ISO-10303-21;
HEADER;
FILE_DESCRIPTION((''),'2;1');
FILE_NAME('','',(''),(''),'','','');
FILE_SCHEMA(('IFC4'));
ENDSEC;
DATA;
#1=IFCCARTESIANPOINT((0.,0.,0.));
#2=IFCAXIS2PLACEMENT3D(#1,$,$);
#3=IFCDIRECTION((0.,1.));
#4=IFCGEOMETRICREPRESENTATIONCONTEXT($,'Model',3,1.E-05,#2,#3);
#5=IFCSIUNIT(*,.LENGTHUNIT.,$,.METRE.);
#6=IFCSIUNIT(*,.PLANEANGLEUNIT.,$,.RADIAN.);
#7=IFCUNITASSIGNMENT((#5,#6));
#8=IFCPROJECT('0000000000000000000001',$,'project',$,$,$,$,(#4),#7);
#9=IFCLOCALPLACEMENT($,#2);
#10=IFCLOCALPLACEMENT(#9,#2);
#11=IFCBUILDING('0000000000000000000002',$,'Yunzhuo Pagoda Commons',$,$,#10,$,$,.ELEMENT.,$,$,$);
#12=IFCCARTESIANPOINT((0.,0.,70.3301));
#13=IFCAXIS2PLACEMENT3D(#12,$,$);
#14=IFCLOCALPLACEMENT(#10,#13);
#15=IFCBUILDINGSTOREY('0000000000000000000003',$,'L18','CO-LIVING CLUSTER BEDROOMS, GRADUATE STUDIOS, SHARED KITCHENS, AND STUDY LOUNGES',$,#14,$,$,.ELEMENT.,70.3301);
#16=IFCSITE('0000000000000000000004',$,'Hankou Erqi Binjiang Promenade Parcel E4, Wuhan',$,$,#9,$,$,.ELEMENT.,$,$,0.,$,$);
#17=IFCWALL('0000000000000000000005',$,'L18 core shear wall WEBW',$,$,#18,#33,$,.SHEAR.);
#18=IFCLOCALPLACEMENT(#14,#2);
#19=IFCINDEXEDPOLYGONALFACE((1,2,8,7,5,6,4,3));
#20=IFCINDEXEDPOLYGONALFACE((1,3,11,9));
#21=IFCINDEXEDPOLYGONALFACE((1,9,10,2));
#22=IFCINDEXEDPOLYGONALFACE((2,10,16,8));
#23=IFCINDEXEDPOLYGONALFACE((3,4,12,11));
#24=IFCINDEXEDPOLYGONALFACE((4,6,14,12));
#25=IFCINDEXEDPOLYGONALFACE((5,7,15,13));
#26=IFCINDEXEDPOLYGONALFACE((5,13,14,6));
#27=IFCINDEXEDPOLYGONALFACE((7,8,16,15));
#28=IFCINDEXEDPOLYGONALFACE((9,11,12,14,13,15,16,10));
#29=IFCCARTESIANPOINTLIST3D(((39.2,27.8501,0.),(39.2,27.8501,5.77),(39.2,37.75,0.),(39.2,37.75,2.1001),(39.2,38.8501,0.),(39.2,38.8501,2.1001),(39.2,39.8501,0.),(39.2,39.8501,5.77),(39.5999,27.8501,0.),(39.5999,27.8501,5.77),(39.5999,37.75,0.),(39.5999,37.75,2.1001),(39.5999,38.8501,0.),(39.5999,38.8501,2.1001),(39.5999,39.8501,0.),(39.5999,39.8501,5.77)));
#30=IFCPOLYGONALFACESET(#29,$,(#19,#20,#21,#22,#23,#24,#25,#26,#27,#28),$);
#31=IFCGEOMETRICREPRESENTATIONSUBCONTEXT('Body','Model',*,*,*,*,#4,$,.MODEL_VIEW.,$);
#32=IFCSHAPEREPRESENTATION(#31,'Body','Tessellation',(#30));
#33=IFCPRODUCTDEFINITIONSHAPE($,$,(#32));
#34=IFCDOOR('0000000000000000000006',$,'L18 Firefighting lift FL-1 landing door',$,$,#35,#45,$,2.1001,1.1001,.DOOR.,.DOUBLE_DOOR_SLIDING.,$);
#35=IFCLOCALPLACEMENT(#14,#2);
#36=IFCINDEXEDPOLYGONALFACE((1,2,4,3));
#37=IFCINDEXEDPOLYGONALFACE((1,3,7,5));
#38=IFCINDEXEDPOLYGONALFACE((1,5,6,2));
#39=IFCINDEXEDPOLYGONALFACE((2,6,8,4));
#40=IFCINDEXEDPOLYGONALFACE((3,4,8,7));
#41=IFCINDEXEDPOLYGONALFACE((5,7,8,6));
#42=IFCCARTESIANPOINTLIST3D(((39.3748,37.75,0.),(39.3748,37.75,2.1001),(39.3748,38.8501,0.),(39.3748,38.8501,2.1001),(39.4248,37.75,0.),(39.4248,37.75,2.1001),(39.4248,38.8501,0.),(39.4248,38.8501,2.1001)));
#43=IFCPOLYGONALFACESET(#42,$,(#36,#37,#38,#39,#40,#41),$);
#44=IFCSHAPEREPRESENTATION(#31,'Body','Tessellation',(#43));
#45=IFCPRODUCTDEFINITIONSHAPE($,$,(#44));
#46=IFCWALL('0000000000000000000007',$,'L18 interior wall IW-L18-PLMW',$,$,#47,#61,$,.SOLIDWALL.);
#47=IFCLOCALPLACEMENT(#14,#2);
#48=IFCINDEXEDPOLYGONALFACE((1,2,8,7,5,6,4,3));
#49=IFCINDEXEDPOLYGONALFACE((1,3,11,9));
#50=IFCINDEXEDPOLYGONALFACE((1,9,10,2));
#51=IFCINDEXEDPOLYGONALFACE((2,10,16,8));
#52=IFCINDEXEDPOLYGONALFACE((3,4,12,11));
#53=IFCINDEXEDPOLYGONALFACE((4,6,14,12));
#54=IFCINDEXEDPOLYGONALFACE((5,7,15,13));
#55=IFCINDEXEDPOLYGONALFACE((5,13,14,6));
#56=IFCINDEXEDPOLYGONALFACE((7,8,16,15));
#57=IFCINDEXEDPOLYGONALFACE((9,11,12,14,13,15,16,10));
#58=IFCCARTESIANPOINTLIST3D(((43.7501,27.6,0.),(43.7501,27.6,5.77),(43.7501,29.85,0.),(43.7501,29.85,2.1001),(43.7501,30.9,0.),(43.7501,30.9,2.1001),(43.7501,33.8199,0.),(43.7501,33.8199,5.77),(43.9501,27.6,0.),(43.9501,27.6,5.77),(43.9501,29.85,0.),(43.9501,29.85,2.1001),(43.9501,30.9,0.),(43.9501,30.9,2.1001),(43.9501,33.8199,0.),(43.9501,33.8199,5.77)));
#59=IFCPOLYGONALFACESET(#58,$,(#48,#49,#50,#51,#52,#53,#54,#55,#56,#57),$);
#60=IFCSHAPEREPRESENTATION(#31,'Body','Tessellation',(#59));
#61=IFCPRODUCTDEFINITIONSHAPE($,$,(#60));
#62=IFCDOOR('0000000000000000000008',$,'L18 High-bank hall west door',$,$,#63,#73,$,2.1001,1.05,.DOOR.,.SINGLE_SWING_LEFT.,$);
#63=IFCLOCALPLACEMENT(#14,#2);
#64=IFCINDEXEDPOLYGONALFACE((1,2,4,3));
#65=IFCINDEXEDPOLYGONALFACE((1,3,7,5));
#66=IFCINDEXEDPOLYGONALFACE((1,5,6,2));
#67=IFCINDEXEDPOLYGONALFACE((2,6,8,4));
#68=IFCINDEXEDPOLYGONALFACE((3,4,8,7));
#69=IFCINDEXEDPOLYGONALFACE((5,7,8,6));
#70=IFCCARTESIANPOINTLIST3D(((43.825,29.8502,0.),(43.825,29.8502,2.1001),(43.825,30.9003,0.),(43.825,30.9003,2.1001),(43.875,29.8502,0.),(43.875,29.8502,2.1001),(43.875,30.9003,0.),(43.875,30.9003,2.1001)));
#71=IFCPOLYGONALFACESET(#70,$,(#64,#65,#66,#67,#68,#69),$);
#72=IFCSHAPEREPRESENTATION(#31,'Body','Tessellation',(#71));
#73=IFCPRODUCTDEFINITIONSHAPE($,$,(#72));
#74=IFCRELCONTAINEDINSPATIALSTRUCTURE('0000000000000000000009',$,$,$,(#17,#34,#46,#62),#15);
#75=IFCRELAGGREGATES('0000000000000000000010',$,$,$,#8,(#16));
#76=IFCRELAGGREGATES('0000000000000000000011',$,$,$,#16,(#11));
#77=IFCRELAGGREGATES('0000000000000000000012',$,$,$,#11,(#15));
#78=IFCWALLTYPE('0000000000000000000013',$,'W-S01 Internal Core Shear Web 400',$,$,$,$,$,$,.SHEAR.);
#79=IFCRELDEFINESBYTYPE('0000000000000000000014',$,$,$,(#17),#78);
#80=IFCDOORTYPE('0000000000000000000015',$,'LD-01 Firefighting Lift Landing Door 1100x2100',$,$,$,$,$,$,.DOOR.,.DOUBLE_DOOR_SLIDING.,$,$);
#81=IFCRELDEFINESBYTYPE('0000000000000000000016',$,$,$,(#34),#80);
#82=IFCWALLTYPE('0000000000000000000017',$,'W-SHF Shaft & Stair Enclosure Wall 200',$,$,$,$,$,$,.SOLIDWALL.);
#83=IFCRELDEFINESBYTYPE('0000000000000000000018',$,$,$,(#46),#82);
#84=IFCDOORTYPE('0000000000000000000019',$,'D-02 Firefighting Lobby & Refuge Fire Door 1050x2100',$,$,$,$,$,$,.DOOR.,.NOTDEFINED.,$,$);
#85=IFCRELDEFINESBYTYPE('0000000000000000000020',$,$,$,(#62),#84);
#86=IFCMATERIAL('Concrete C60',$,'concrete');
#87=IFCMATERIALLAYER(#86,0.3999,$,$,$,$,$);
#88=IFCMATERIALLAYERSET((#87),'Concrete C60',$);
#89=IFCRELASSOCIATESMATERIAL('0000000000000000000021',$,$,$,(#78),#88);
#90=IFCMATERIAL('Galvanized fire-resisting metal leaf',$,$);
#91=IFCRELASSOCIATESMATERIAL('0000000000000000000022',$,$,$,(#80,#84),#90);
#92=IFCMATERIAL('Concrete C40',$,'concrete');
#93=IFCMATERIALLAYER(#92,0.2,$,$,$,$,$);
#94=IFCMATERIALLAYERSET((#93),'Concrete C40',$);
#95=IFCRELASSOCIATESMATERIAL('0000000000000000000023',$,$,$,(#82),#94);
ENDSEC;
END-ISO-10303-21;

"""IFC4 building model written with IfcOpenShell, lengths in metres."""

from ifc_helpers import new_model, si_unit, direction, frame, frame_2d, origin, place, context, subcontext, project, spatial, rectangle, extrude, source, transform, mapped, material, layer, layer_set, type_object, element, fill, save


model = new_model("IFC4")

# Units and contexts
model_context = context("Model", 3, precision=1e-05, world=origin(), true_north=direction((0.0, 1.0)))
body_context = subcontext(model_context, "Body", "Model", "MODEL_VIEW")
ifc_project = project(units=[si_unit("LENGTHUNIT", "METRE"), si_unit("PLANEANGLEUNIT", "RADIAN")], contexts=[model_context])

# Site, building, storey
site_placement = place(None, origin())
site = spatial("IfcSite", under=ifc_project, at=site_placement, Name="Hankou Erqi Binjiang Promenade Parcel E4, Wuhan", CompositionType="ELEMENT", RefElevation=0.0)
building_placement = place(site_placement, origin())
building = spatial("IfcBuilding", under=site, at=building_placement, Name="Yunzhuo Pagoda Commons", CompositionType="ELEMENT")
storey_placement = place(building_placement, frame((0.0, 0.0, 70.3301)))
storey = spatial("IfcBuildingStorey", under=building, at=storey_placement, Name="L18", Description="CO-LIVING CLUSTER BEDROOMS, GRADUATE STUDIOS, SHARED KITCHENS, AND STUDY LOUNGES", CompositionType="ELEMENT", Elevation=70.3301)

# Shared definitions
ifc_material_1 = material(Name="Galvanized fire-resisting metal leaf")

# Walls, openings, doors
ifc_material_2 = material(Name="Concrete C60", Category="concrete")
ifc_layer_1 = layer(ifc_material_2, 0.3999)
ifc_layer_set_1 = layer_set([ifc_layer_1], Name="Concrete C60")
wall_type_1 = type_object("IfcWallType", Name="W-S01 Internal Core Shear Web 400", PredefinedType="SHEAR", material=ifc_layer_set_1)
wall_1_placement = place(storey_placement, frame((39.3999, 27.8501, 0.0), z_axis=(0.0, 0.0, 1.0), x_axis=(0.0, 1.0, 0.0)))
wall_1 = element("IfcWall", 1, at=wall_1_placement, inside=storey, type_object=wall_type_1, Name="L18 core shear wall WEBW", PredefinedType="SHEAR", context=body_context, shape_type="SweptSolid", body=[
    extrude(rectangle(XDim=12.0, YDim=0.3999, at=frame_2d((6.0, 0.0))), origin(), (0.0, 0.0, 1.0), 5.77),
])
opening_1_placement = place(wall_1_placement, frame((9.8999, 0.0, 0.0)))
opening_1 = element("IfcOpeningElement", 2, at=opening_1_placement, cuts=wall_1, PredefinedType="OPENING", context=body_context, shape_type="SweptSolid", body=[
    extrude(rectangle(XDim=1.1001, YDim=2.1001, at=frame_2d((0.55, 1.05))), frame((0.0, 0.21, 0.0), z_axis=(0.0, -1.0, 0.0), x_axis=(1.0, 0.0, 0.0)), (0.0, 0.0, 1.0), 0.4199),
])
door_type_1 = type_object("IfcDoorType", Name="LD-01 Firefighting Lift Landing Door 1100x2100", OperationType="DOUBLE_DOOR_SLIDING", PredefinedType="DOOR", material=ifc_material_1)
shared_shape_1 = source(origin(), body_context, "Body", "SweptSolid", [
    extrude(rectangle(XDim=1.1001, YDim=2.1001, at=frame_2d((0.55, 1.05))), frame((0.0, 0.0249, 0.0), z_axis=(0.0, -1.0, 0.0), x_axis=(1.0, 0.0, 0.0)), (0.0, 0.0, 1.0), 0.05),
])
door_1_placement = place(opening_1_placement, frame((1.1001, 0.0, 0.0), z_axis=(0.0, 0.0, 1.0), x_axis=(-1.0, 0.0, 0.0)))
door_1 = element("IfcDoor", 3, at=door_1_placement, inside=storey, type_object=door_type_1, Name="L18 Firefighting lift FL-1 landing door", OperationType="DOUBLE_DOOR_SLIDING", OverallHeight=2.1001, OverallWidth=1.1001, PredefinedType="DOOR", context=body_context, shape_type="MappedRepresentation", body=[
    mapped(shared_shape_1, transform((0.0, 0.0, 0.0), scale=1.0)),
])
fill(opening_1, door_1)
ifc_material_3 = material(Name="Concrete C40", Category="concrete")
ifc_layer_2 = layer(ifc_material_3, 0.2)
ifc_layer_set_2 = layer_set([ifc_layer_2], Name="Concrete C40")
wall_type_2 = type_object("IfcWallType", Name="W-SHF Shaft & Stair Enclosure Wall 200", PredefinedType="SOLIDWALL", material=ifc_layer_set_2)
wall_2_placement = place(storey_placement, frame((43.8501, 27.6001, 0.0), z_axis=(0.0, 0.0, 1.0), x_axis=(0.0, 1.0, 0.0)))
wall_2 = element("IfcWall", 4, at=wall_2_placement, inside=storey, type_object=wall_type_2, Name="L18 interior wall IW-L18-PLMW", PredefinedType="SOLIDWALL", context=body_context, shape_type="SweptSolid", body=[
    extrude(rectangle(XDim=6.22, YDim=0.2, at=frame_2d((3.1099, 0.0))), origin(), (0.0, 0.0, 1.0), 5.77),
])
opening_2_placement = place(wall_2_placement, frame((2.25, 0.0, 0.0)))
opening_2 = element("IfcOpeningElement", 5, at=opening_2_placement, cuts=wall_2, PredefinedType="OPENING", context=body_context, shape_type="SweptSolid", body=[
    extrude(rectangle(XDim=1.05, YDim=2.1001, at=frame_2d((0.5249, 1.05))), frame((0.0, 0.1099, 0.0), z_axis=(0.0, -1.0, 0.0), x_axis=(1.0, 0.0, 0.0)), (0.0, 0.0, 1.0), 0.22),
])
door_type_2 = type_object("IfcDoorType", Name="D-02 Firefighting Lobby & Refuge Fire Door 1050x2100", OperationType="NOTDEFINED", PredefinedType="DOOR", material=ifc_material_1)
shared_shape_2 = source(origin(), body_context, "Body", "SweptSolid", [
    extrude(rectangle(XDim=1.05, YDim=2.1001, at=frame_2d((0.5249, 1.05))), frame((0.0, 0.0249, 0.0), z_axis=(0.0, -1.0, 0.0), x_axis=(1.0, 0.0, 0.0)), (0.0, 0.0, 1.0), 0.05),
])
door_2_placement = place(opening_2_placement, frame((1.05, 0.0, 0.0), z_axis=(0.0, 0.0, 1.0), x_axis=(-1.0, 0.0, 0.0)))
door_2 = element("IfcDoor", 6, at=door_2_placement, inside=storey, type_object=door_type_2, Name="L18 High-bank hall west door", OperationType="SINGLE_SWING_LEFT", OverallHeight=2.1001, OverallWidth=1.05, PredefinedType="DOOR", context=body_context, shape_type="MappedRepresentation", body=[
    mapped(shared_shape_2, transform((0.0, 0.0, 0.0), scale=1.0)),
])
fill(opening_2, door_2)

save(model, "model.ifc")
